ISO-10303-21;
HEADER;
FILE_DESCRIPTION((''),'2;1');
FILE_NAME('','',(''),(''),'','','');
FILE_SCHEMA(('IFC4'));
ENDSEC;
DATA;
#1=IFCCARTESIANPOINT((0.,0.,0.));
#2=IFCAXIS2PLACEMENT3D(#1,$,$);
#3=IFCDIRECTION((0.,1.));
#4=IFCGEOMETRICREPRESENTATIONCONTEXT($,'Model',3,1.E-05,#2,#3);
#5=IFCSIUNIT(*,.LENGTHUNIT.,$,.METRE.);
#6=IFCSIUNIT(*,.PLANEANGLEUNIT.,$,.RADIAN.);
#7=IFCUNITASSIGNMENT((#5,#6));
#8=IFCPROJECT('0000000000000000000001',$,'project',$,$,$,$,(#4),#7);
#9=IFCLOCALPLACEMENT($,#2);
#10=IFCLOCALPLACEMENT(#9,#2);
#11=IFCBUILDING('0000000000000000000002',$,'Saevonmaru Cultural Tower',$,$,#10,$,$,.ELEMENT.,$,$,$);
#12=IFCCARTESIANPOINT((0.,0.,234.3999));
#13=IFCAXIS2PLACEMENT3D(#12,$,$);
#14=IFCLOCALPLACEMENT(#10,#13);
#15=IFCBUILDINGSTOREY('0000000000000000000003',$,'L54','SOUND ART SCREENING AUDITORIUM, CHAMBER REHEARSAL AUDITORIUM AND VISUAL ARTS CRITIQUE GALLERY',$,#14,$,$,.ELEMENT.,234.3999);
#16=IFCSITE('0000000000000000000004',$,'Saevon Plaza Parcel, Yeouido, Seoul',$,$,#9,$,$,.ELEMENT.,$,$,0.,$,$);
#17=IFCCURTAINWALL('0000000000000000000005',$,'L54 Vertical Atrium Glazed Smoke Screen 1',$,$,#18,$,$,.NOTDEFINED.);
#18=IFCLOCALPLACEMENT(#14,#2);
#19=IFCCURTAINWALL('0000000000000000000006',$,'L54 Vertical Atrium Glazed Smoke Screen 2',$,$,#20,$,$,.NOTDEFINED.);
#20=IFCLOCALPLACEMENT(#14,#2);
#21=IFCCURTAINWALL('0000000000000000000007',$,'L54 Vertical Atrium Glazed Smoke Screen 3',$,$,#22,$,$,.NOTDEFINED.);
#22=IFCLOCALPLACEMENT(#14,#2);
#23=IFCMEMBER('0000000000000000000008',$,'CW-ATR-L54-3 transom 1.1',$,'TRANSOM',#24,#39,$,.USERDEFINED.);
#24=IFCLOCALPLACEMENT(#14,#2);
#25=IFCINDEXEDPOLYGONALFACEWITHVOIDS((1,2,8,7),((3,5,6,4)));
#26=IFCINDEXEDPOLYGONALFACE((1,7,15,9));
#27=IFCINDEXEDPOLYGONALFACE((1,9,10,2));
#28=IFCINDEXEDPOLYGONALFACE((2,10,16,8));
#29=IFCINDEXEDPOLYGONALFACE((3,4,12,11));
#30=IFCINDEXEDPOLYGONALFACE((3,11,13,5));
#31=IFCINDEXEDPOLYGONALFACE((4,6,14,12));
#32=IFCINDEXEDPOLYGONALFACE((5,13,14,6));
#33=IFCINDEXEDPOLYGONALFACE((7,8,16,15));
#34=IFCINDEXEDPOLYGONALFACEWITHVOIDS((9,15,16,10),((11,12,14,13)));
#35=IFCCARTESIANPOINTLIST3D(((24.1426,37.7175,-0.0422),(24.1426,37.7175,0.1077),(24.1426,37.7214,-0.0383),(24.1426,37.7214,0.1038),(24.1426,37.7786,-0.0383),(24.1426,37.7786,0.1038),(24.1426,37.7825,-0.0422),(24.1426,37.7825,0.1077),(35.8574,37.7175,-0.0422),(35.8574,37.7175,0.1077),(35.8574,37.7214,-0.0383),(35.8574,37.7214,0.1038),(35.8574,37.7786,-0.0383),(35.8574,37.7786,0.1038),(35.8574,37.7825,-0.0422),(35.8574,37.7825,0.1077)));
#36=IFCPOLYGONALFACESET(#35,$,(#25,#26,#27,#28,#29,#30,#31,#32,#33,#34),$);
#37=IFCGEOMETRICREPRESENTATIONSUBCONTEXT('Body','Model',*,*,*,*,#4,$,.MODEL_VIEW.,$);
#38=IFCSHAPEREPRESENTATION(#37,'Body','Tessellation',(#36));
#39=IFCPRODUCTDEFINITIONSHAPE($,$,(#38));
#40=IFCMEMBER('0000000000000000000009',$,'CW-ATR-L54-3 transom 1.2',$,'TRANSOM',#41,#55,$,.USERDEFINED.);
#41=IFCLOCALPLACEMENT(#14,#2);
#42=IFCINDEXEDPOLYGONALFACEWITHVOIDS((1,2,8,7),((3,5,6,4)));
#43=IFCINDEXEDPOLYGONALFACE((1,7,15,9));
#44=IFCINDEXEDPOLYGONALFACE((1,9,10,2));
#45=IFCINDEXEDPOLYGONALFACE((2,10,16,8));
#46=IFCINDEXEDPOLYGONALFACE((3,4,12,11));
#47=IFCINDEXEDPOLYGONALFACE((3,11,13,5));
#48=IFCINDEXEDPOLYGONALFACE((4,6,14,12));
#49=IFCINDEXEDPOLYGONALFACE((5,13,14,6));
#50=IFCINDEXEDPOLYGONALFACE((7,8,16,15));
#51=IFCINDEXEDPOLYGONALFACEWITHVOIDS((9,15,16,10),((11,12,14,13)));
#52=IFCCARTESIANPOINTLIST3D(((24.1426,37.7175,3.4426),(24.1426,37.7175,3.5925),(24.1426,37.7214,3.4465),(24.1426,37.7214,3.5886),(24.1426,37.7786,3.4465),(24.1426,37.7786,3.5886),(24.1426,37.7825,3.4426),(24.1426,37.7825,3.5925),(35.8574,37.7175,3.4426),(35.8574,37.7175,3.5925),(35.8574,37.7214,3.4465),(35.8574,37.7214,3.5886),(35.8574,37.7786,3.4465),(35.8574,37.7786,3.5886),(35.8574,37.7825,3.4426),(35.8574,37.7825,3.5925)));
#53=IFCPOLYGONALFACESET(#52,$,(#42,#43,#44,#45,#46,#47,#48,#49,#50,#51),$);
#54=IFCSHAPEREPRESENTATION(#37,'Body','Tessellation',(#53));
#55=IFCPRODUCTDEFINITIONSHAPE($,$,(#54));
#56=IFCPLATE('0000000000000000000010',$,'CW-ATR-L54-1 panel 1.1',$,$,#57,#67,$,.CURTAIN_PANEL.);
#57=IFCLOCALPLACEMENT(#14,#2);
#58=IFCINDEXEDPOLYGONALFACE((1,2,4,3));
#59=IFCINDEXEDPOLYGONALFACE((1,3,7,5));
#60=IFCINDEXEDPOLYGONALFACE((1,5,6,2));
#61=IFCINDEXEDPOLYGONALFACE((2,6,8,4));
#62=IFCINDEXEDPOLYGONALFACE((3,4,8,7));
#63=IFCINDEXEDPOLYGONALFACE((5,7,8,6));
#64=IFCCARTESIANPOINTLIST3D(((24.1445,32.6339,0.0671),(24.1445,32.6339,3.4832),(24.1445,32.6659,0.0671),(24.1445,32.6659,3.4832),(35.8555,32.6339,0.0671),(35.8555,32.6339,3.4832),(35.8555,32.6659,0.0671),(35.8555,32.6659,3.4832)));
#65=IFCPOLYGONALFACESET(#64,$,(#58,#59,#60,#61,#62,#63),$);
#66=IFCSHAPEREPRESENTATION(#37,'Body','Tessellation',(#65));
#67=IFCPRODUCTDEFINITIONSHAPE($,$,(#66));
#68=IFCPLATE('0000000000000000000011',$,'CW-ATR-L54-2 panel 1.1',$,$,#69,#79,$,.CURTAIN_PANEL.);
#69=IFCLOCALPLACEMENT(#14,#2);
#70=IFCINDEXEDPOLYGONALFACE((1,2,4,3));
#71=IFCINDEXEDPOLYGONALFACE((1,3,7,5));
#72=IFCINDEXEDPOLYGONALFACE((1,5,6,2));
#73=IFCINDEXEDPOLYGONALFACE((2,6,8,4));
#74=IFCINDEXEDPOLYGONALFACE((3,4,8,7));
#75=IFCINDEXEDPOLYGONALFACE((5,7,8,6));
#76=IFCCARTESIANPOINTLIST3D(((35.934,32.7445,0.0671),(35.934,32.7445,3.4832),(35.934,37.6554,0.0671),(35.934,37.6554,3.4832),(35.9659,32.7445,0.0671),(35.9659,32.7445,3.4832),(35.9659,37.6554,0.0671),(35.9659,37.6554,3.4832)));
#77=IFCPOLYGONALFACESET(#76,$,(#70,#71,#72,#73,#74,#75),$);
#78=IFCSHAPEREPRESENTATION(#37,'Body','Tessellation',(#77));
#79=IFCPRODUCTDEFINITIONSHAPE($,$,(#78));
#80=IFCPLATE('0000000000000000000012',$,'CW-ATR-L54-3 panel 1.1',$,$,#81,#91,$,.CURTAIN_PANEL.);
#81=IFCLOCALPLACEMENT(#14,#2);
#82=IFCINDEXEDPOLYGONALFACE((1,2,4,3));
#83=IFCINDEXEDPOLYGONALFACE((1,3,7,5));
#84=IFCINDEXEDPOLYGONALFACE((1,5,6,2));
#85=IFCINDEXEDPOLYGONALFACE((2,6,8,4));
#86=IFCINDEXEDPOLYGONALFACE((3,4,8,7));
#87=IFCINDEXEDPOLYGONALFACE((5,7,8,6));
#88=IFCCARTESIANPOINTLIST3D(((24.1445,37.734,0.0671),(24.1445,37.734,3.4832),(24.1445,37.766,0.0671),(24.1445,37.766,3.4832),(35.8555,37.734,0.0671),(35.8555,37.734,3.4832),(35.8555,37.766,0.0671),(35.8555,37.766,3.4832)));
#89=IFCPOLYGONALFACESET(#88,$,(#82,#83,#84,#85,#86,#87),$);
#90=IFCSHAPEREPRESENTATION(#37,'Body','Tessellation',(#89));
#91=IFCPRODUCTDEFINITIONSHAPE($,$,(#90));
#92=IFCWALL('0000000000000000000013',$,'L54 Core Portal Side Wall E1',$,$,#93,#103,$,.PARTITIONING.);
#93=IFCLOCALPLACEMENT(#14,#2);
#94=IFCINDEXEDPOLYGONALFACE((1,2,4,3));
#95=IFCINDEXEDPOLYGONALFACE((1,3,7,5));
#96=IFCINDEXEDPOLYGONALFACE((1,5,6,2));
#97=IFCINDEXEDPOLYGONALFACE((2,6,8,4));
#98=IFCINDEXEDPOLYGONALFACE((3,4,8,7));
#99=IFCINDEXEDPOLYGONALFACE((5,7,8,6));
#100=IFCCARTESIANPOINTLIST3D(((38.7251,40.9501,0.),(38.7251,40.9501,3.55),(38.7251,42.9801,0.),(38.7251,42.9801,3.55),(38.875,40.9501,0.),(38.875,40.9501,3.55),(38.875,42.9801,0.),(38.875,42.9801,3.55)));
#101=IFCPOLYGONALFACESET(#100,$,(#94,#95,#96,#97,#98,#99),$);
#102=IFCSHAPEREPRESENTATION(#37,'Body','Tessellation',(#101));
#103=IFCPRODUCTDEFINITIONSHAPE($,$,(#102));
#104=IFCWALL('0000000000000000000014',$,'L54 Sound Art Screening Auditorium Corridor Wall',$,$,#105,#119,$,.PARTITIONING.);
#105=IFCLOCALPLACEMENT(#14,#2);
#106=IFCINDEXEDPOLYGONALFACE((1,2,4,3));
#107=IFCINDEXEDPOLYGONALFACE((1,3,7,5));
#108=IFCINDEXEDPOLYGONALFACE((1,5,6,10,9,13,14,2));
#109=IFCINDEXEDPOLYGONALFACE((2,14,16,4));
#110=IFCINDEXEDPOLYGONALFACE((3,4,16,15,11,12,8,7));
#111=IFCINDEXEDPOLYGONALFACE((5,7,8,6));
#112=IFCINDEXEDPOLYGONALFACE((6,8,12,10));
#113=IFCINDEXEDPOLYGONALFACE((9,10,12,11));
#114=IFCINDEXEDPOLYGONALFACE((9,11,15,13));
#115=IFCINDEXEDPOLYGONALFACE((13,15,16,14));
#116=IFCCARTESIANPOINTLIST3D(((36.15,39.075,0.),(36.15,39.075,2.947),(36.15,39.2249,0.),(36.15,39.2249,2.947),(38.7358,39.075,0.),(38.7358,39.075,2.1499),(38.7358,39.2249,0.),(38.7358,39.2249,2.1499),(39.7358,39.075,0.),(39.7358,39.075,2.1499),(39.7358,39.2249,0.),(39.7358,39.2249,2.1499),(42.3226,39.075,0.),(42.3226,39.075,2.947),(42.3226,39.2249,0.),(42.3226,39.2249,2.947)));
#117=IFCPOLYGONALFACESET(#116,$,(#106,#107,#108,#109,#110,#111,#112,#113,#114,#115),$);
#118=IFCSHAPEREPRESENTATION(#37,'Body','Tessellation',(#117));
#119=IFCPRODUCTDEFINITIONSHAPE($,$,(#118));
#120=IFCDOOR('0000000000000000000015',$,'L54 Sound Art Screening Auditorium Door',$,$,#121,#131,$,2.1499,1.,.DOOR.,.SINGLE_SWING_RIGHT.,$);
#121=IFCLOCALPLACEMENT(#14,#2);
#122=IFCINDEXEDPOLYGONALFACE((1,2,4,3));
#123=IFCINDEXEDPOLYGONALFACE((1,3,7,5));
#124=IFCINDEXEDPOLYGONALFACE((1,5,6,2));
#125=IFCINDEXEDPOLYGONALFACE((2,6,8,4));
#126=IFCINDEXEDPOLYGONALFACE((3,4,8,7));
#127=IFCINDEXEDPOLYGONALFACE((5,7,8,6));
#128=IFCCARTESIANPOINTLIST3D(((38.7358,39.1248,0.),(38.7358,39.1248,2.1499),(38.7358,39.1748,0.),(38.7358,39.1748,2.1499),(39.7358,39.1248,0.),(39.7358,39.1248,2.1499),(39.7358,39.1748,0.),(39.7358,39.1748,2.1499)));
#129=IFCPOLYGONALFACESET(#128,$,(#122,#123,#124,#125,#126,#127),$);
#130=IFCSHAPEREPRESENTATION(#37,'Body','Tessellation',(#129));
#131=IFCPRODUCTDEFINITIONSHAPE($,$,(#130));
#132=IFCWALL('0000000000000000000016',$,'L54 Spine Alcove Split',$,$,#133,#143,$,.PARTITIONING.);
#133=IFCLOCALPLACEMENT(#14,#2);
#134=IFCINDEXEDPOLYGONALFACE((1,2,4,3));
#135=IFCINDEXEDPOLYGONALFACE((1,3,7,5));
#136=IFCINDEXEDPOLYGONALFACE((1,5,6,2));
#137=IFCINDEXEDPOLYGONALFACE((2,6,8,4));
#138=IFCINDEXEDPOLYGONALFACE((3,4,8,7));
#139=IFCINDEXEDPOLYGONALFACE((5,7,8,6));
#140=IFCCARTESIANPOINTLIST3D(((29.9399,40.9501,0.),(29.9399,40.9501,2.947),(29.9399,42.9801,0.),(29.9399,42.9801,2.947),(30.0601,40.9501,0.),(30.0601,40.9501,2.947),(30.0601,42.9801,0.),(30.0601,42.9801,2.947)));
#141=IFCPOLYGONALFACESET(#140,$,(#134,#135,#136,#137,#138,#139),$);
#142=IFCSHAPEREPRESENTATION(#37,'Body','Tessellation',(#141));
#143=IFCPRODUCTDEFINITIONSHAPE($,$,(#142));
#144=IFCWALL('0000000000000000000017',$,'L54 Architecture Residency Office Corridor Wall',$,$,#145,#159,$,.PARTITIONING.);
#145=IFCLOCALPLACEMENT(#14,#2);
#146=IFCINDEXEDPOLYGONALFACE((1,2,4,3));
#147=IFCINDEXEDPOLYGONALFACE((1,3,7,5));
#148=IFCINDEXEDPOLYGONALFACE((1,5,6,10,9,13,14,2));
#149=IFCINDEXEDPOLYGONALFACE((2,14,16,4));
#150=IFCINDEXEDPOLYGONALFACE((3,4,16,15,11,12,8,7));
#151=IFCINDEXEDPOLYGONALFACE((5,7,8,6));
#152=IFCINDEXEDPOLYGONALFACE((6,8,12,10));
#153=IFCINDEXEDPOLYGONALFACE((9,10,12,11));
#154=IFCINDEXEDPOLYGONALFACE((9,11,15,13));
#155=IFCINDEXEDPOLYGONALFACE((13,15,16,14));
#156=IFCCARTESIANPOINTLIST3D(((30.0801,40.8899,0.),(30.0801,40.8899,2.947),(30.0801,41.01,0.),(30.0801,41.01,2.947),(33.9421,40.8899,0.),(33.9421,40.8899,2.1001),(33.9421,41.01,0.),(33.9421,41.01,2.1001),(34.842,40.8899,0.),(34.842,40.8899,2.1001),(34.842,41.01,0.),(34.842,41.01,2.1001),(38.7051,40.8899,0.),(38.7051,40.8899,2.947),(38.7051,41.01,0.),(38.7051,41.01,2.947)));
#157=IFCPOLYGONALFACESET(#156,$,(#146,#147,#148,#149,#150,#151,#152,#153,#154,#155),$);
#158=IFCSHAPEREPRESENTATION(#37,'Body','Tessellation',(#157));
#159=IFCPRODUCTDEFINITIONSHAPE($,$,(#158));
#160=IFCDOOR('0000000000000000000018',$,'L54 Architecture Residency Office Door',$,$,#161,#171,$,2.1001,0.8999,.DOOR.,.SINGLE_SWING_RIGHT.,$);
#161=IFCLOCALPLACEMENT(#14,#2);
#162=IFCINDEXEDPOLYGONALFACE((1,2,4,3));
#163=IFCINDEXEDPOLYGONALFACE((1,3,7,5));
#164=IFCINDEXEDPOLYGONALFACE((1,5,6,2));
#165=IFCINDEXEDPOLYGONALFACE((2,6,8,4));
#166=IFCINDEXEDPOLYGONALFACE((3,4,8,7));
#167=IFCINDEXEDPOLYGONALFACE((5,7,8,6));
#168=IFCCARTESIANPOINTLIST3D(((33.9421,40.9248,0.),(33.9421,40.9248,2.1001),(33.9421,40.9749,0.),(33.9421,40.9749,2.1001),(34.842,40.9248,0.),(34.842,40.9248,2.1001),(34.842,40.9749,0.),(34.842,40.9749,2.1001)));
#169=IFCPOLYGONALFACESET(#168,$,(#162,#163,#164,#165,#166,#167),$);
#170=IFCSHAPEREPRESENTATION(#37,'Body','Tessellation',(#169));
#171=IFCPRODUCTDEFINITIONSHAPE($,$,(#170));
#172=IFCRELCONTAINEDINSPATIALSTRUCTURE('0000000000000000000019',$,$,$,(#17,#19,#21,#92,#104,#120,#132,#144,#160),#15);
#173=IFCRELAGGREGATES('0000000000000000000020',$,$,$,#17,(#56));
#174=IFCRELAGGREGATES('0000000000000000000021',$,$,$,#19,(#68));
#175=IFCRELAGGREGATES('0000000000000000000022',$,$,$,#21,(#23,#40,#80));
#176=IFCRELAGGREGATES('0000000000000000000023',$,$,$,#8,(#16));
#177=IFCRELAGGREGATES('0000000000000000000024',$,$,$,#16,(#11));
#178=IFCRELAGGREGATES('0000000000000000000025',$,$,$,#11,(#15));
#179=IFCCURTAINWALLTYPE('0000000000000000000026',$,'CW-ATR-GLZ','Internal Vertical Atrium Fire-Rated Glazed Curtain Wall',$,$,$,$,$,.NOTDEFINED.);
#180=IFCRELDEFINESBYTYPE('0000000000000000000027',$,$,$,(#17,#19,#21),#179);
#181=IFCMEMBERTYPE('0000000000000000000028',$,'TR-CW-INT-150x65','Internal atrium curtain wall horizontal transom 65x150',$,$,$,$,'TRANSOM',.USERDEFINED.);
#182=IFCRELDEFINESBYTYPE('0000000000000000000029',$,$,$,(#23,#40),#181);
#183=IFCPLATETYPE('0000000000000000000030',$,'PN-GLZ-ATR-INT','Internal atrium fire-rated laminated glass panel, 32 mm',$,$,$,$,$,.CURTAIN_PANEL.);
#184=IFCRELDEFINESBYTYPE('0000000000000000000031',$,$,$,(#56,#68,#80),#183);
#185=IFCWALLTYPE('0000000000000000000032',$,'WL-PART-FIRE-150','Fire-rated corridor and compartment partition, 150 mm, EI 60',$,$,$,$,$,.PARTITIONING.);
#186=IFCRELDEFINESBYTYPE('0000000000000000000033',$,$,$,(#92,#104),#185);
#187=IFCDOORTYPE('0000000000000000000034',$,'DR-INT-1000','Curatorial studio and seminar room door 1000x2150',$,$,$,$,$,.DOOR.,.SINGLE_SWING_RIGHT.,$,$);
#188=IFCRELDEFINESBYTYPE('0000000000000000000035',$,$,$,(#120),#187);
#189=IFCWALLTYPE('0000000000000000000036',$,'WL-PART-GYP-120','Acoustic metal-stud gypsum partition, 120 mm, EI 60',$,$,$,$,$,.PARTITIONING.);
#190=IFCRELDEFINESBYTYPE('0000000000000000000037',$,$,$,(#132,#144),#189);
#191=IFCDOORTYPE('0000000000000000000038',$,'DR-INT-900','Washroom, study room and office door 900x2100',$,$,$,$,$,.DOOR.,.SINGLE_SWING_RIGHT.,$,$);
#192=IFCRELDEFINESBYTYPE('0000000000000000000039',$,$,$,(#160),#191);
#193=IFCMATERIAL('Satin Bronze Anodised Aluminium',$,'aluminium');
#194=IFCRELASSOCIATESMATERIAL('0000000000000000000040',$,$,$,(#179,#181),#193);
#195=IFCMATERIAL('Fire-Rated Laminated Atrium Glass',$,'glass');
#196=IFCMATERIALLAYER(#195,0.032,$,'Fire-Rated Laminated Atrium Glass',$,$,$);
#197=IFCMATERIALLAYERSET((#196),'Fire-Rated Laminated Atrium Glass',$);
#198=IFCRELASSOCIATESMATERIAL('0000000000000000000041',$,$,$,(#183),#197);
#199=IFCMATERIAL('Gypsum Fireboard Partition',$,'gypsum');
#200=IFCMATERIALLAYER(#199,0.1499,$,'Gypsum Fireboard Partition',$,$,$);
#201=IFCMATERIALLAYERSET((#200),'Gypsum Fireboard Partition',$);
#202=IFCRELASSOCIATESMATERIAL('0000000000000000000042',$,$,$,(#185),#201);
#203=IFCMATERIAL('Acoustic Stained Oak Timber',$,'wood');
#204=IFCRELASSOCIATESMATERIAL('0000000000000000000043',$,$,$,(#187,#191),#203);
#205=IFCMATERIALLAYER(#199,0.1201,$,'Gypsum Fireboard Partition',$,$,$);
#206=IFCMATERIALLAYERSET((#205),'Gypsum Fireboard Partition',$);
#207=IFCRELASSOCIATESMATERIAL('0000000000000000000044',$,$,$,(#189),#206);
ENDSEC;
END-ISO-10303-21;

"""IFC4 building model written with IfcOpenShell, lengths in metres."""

from ifc_helpers import new_model, si_unit, direction, frame, frame_2d, origin, origin_2d, place, context, subcontext, project, spatial, rectangle, hollow_rectangle, extrude, material, layer, layer_set, material_profile, profile_set, type_object, element, fill, aggregate, save


model = new_model("IFC4")

# Units and contexts
model_context = context("Model", 3, precision=1e-05, world=origin(), true_north=direction((0.0, 1.0)))
body_context = subcontext(model_context, "Body", "Model", "MODEL_VIEW")
ifc_project = project(units=[si_unit("LENGTHUNIT", "METRE"), si_unit("PLANEANGLEUNIT", "RADIAN")], contexts=[model_context])

# Site, building, storey
site_placement = place(None, origin())
site = spatial("IfcSite", under=ifc_project, at=site_placement, Name="Saevon Plaza Parcel, Yeouido, Seoul", CompositionType="ELEMENT", RefElevation=0.0)
building_placement = place(site_placement, origin())
building = spatial("IfcBuilding", under=site, at=building_placement, Name="Saevonmaru Cultural Tower", CompositionType="ELEMENT")
storey_placement = place(building_placement, frame((0.0, 0.0, 234.3999)))
storey = spatial("IfcBuildingStorey", under=building, at=storey_placement, Name="L54", Description="SOUND ART SCREENING AUDITORIUM, CHAMBER REHEARSAL AUDITORIUM AND VISUAL ARTS CRITIQUE GALLERY", CompositionType="ELEMENT", Elevation=234.3999)

# Shared definitions
ifc_material_1 = material(Name="Satin Bronze Anodised Aluminium", Category="aluminium")

# Curtain walls
curtain_wall_type_1 = type_object("IfcCurtainWallType", Name="CW-ATR-GLZ", Description="Internal Vertical Atrium Fire-Rated Glazed Curtain Wall", PredefinedType="NOTDEFINED", material=ifc_material_1)
curtain_wall_1_placement = place(storey_placement, origin())
curtain_wall_1 = element("IfcCurtainWall", 1, at=curtain_wall_1_placement, inside=storey, type_object=curtain_wall_type_1, Name="L54 Vertical Atrium Glazed Smoke Screen 1", PredefinedType="NOTDEFINED")
curtain_wall_2_placement = place(storey_placement, origin())
curtain_wall_2 = element("IfcCurtainWall", 2, at=curtain_wall_2_placement, inside=storey, type_object=curtain_wall_type_1, Name="L54 Vertical Atrium Glazed Smoke Screen 2", PredefinedType="NOTDEFINED")
curtain_wall_3_placement = place(storey_placement, origin())
curtain_wall_3 = element("IfcCurtainWall", 3, at=curtain_wall_3_placement, inside=storey, type_object=curtain_wall_type_1, Name="L54 Vertical Atrium Glazed Smoke Screen 3", PredefinedType="NOTDEFINED")

# Members
ifc_material_profile_1 = material_profile(ifc_material_1, hollow_rectangle(XDim=0.0649, YDim=0.1499, WallThickness=0.0039, at=origin_2d()), Name="ALU-TRAN-150x65x4")
ifc_profile_set_1 = profile_set([ifc_material_profile_1], Name="Satin Bronze Anodised Aluminium")
member_type_1 = type_object("IfcMemberType", Name="TR-CW-INT-150x65", Description="Internal atrium curtain wall horizontal transom 65x150", ElementType="TRANSOM", PredefinedType="USERDEFINED", material=ifc_profile_set_1)
member_1_placement = place(storey_placement, frame((35.8574, 37.75, 0.0327), z_axis=(-1.0, 0.0, 0.0), x_axis=(0.0, -1.0, 0.0)))
member_1 = element("IfcMember", 4, at=member_1_placement, type_object=member_type_1, Name="CW-ATR-L54-3 transom 1.1", ObjectType="TRANSOM", PredefinedType="USERDEFINED", context=body_context, shape_type="SweptSolid", body=[
    extrude(hollow_rectangle(XDim=0.0649, YDim=0.1499, WallThickness=0.0039, at=origin_2d()), origin(), (0.0, 0.0, 1.0), 11.7148),
])
member_2_placement = place(storey_placement, frame((35.8574, 37.75, 3.5176), z_axis=(-1.0, 0.0, 0.0), x_axis=(0.0, -1.0, 0.0)))
member_2 = element("IfcMember", 5, at=member_2_placement, type_object=member_type_1, Name="CW-ATR-L54-3 transom 1.2", ObjectType="TRANSOM", PredefinedType="USERDEFINED", context=body_context, shape_type="SweptSolid", body=[
    extrude(hollow_rectangle(XDim=0.0649, YDim=0.1499, WallThickness=0.0039, at=origin_2d()), origin(), (0.0, 0.0, 1.0), 11.7148),
])

# Plates
ifc_material_2 = material(Name="Fire-Rated Laminated Atrium Glass", Category="glass")
ifc_layer_1 = layer(ifc_material_2, 0.032, Name="Fire-Rated Laminated Atrium Glass")
ifc_layer_set_1 = layer_set([ifc_layer_1], Name="Fire-Rated Laminated Atrium Glass")
plate_type = type_object("IfcPlateType", Name="PN-GLZ-ATR-INT", Description="Internal atrium fire-rated laminated glass panel, 32 mm", PredefinedType="CURTAIN_PANEL", material=ifc_layer_set_1)
plate_1_placement = place(storey_placement, frame((30.0, 32.6499, 0.0671), z_axis=(0.0, 0.0, 1.0), x_axis=(1.0, 0.0, 0.0)))
plate_1 = element("IfcPlate", 6, at=plate_1_placement, type_object=plate_type, Name="CW-ATR-L54-1 panel 1.1", PredefinedType="CURTAIN_PANEL", context=body_context, shape_type="SweptSolid", body=[
    extrude(rectangle(XDim=11.7109, YDim=0.032, at=origin_2d()), origin(), (0.0, 0.0, 1.0), 3.416),
])
aggregate(curtain_wall_1, [plate_1])
plate_2_placement = place(storey_placement, frame((35.95, 35.2, 0.0671), z_axis=(0.0, 0.0, 1.0), x_axis=(0.0, 1.0, 0.0)))
plate_2 = element("IfcPlate", 7, at=plate_2_placement, type_object=plate_type, Name="CW-ATR-L54-2 panel 1.1", PredefinedType="CURTAIN_PANEL", context=body_context, shape_type="SweptSolid", body=[
    extrude(rectangle(XDim=4.9109, YDim=0.032, at=origin_2d()), origin(), (0.0, 0.0, 1.0), 3.416),
])
aggregate(curtain_wall_2, [plate_2])
plate_3_placement = place(storey_placement, frame((30.0, 37.75, 0.0671), z_axis=(0.0, 0.0, 1.0), x_axis=(-1.0, 0.0, 0.0)))
plate_3 = element("IfcPlate", 8, at=plate_3_placement, type_object=plate_type, Name="CW-ATR-L54-3 panel 1.1", PredefinedType="CURTAIN_PANEL", context=body_context, shape_type="SweptSolid", body=[
    extrude(rectangle(XDim=11.7109, YDim=0.032, at=origin_2d()), origin(), (0.0, 0.0, 1.0), 3.416),
])
aggregate(curtain_wall_3, [member_1, member_2, plate_3])

# Wall
ifc_material_3 = material(Name="Gypsum Fireboard Partition", Category="gypsum")
ifc_layer_2 = layer(ifc_material_3, 0.1499, Name="Gypsum Fireboard Partition")
ifc_layer_set_2 = layer_set([ifc_layer_2], Name="Gypsum Fireboard Partition")
wall_type_1 = type_object("IfcWallType", Name="WL-PART-FIRE-150", Description="Fire-rated corridor and compartment partition, 150 mm, EI 60", PredefinedType="PARTITIONING", material=ifc_layer_set_2)
wall_1_placement = place(storey_placement, frame((38.8, 40.95, 0.0), z_axis=(0.0, 0.0, 1.0), x_axis=(0.0, 1.0, 0.0)))
element("IfcWall", 9, at=wall_1_placement, inside=storey, type_object=wall_type_1, Name="L54 Core Portal Side Wall E1", PredefinedType="PARTITIONING", context=body_context, shape_type="SweptSolid", body=[
    extrude(rectangle(XDim=2.03, YDim=0.1499, at=frame_2d((1.0151, 0.0))), origin(), (0.0, 0.0, 1.0), 3.55),
])

# Wall, opening, door
wall_2_placement = place(storey_placement, frame((36.1499, 39.1499, 0.0), z_axis=(0.0, 0.0, 1.0), x_axis=(1.0, 0.0, 0.0)))
wall_2 = element("IfcWall", 10, at=wall_2_placement, inside=storey, type_object=wall_type_1, Name="L54 Sound Art Screening Auditorium Corridor Wall", PredefinedType="PARTITIONING", context=body_context, shape_type="SweptSolid", body=[
    extrude(rectangle(XDim=6.1726, YDim=0.1499, at=frame_2d((3.0864, 0.0))), origin(), (0.0, 0.0, 1.0), 2.947),
])
opening_1_placement = place(wall_2_placement, frame((2.5859, 0.0, 0.0)))
opening_1 = element("IfcOpeningElement", 11, at=opening_1_placement, cuts=wall_2, PredefinedType="OPENING", context=body_context, shape_type="SweptSolid", body=[
    extrude(rectangle(XDim=1.0, YDim=2.1499, at=frame_2d((0.5, 1.075))), frame((0.0, 0.085, 0.0), z_axis=(0.0, -1.0, 0.0), x_axis=(1.0, 0.0, 0.0)), (0.0, 0.0, 1.0), 0.1699),
])
ifc_material_4 = material(Name="Acoustic Stained Oak Timber", Category="wood")
door_type_1 = type_object("IfcDoorType", Name="DR-INT-1000", Description="Curatorial studio and seminar room door 1000x2150", OperationType="SINGLE_SWING_RIGHT", PredefinedType="DOOR", material=ifc_material_4)
door_1_placement = place(opening_1_placement, origin())
door_1 = element("IfcDoor", 12, at=door_1_placement, inside=storey, type_object=door_type_1, Name="L54 Sound Art Screening Auditorium Door", OperationType="SINGLE_SWING_RIGHT", OverallHeight=2.1499, OverallWidth=1.0, PredefinedType="DOOR", context=body_context, shape_type="SweptSolid", body=[
    extrude(rectangle(XDim=1.0, YDim=2.1499, at=frame_2d((0.5, 1.075))), frame((0.0, 0.0249, 0.0), z_axis=(0.0, -1.0, 0.0), x_axis=(1.0, 0.0, 0.0)), (0.0, 0.0, 1.0), 0.05),
])
fill(opening_1, door_1)

# Wall
ifc_layer_3 = layer(ifc_material_3, 0.1201, Name="Gypsum Fireboard Partition")
ifc_layer_set_3 = layer_set([ifc_layer_3], Name="Gypsum Fireboard Partition")
wall_type_2 = type_object("IfcWallType", Name="WL-PART-GYP-120", Description="Acoustic metal-stud gypsum partition, 120 mm, EI 60", PredefinedType="PARTITIONING", material=ifc_layer_set_3)
wall_3_placement = place(storey_placement, frame((30.0, 40.95, 0.0), z_axis=(0.0, 0.0, 1.0), x_axis=(0.0, 1.0, 0.0)))
element("IfcWall", 13, at=wall_3_placement, inside=storey, type_object=wall_type_2, Name="L54 Spine Alcove Split", PredefinedType="PARTITIONING", context=body_context, shape_type="SweptSolid", body=[
    extrude(rectangle(XDim=2.03, YDim=0.1201, at=frame_2d((1.0151, 0.0))), origin(), (0.0, 0.0, 1.0), 2.947),
])

# Wall, opening, door
wall_4_placement = place(storey_placement, frame((30.0801, 40.95, 0.0), z_axis=(0.0, 0.0, 1.0), x_axis=(1.0, 0.0, 0.0)))
wall_4 = element("IfcWall", 14, at=wall_4_placement, inside=storey, type_object=wall_type_2, Name="L54 Architecture Residency Office Corridor Wall", PredefinedType="PARTITIONING", context=body_context, shape_type="SweptSolid", body=[
    extrude(rectangle(XDim=8.625, YDim=0.1201, at=frame_2d((4.3125, 0.0))), origin(), (0.0, 0.0, 1.0), 2.947),
])
opening_2_placement = place(wall_4_placement, frame((3.8621, 0.0, 0.0)))
opening_2 = element("IfcOpeningElement", 15, at=opening_2_placement, cuts=wall_4, PredefinedType="OPENING", context=body_context, shape_type="SweptSolid", body=[
    extrude(rectangle(XDim=0.8999, YDim=2.1001, at=frame_2d((0.45, 1.05))), frame((0.0, 0.0701, 0.0), z_axis=(0.0, -1.0, 0.0), x_axis=(1.0, 0.0, 0.0)), (0.0, 0.0, 1.0), 0.1401),
])
door_type_2 = type_object("IfcDoorType", Name="DR-INT-900", Description="Washroom, study room and office door 900x2100", OperationType="SINGLE_SWING_RIGHT", PredefinedType="DOOR", material=ifc_material_4)
door_2_placement = place(opening_2_placement, origin())
door_2 = element("IfcDoor", 16, at=door_2_placement, inside=storey, type_object=door_type_2, Name="L54 Architecture Residency Office Door", OperationType="SINGLE_SWING_RIGHT", OverallHeight=2.1001, OverallWidth=0.8999, PredefinedType="DOOR", context=body_context, shape_type="SweptSolid", body=[
    extrude(rectangle(XDim=0.8999, YDim=2.1001, at=frame_2d((0.45, 1.05))), frame((0.0, 0.0249, 0.0), z_axis=(0.0, -1.0, 0.0), x_axis=(1.0, 0.0, 0.0)), (0.0, 0.0, 1.0), 0.05),
])
fill(opening_2, door_2)

save(model, "model.ifc")
